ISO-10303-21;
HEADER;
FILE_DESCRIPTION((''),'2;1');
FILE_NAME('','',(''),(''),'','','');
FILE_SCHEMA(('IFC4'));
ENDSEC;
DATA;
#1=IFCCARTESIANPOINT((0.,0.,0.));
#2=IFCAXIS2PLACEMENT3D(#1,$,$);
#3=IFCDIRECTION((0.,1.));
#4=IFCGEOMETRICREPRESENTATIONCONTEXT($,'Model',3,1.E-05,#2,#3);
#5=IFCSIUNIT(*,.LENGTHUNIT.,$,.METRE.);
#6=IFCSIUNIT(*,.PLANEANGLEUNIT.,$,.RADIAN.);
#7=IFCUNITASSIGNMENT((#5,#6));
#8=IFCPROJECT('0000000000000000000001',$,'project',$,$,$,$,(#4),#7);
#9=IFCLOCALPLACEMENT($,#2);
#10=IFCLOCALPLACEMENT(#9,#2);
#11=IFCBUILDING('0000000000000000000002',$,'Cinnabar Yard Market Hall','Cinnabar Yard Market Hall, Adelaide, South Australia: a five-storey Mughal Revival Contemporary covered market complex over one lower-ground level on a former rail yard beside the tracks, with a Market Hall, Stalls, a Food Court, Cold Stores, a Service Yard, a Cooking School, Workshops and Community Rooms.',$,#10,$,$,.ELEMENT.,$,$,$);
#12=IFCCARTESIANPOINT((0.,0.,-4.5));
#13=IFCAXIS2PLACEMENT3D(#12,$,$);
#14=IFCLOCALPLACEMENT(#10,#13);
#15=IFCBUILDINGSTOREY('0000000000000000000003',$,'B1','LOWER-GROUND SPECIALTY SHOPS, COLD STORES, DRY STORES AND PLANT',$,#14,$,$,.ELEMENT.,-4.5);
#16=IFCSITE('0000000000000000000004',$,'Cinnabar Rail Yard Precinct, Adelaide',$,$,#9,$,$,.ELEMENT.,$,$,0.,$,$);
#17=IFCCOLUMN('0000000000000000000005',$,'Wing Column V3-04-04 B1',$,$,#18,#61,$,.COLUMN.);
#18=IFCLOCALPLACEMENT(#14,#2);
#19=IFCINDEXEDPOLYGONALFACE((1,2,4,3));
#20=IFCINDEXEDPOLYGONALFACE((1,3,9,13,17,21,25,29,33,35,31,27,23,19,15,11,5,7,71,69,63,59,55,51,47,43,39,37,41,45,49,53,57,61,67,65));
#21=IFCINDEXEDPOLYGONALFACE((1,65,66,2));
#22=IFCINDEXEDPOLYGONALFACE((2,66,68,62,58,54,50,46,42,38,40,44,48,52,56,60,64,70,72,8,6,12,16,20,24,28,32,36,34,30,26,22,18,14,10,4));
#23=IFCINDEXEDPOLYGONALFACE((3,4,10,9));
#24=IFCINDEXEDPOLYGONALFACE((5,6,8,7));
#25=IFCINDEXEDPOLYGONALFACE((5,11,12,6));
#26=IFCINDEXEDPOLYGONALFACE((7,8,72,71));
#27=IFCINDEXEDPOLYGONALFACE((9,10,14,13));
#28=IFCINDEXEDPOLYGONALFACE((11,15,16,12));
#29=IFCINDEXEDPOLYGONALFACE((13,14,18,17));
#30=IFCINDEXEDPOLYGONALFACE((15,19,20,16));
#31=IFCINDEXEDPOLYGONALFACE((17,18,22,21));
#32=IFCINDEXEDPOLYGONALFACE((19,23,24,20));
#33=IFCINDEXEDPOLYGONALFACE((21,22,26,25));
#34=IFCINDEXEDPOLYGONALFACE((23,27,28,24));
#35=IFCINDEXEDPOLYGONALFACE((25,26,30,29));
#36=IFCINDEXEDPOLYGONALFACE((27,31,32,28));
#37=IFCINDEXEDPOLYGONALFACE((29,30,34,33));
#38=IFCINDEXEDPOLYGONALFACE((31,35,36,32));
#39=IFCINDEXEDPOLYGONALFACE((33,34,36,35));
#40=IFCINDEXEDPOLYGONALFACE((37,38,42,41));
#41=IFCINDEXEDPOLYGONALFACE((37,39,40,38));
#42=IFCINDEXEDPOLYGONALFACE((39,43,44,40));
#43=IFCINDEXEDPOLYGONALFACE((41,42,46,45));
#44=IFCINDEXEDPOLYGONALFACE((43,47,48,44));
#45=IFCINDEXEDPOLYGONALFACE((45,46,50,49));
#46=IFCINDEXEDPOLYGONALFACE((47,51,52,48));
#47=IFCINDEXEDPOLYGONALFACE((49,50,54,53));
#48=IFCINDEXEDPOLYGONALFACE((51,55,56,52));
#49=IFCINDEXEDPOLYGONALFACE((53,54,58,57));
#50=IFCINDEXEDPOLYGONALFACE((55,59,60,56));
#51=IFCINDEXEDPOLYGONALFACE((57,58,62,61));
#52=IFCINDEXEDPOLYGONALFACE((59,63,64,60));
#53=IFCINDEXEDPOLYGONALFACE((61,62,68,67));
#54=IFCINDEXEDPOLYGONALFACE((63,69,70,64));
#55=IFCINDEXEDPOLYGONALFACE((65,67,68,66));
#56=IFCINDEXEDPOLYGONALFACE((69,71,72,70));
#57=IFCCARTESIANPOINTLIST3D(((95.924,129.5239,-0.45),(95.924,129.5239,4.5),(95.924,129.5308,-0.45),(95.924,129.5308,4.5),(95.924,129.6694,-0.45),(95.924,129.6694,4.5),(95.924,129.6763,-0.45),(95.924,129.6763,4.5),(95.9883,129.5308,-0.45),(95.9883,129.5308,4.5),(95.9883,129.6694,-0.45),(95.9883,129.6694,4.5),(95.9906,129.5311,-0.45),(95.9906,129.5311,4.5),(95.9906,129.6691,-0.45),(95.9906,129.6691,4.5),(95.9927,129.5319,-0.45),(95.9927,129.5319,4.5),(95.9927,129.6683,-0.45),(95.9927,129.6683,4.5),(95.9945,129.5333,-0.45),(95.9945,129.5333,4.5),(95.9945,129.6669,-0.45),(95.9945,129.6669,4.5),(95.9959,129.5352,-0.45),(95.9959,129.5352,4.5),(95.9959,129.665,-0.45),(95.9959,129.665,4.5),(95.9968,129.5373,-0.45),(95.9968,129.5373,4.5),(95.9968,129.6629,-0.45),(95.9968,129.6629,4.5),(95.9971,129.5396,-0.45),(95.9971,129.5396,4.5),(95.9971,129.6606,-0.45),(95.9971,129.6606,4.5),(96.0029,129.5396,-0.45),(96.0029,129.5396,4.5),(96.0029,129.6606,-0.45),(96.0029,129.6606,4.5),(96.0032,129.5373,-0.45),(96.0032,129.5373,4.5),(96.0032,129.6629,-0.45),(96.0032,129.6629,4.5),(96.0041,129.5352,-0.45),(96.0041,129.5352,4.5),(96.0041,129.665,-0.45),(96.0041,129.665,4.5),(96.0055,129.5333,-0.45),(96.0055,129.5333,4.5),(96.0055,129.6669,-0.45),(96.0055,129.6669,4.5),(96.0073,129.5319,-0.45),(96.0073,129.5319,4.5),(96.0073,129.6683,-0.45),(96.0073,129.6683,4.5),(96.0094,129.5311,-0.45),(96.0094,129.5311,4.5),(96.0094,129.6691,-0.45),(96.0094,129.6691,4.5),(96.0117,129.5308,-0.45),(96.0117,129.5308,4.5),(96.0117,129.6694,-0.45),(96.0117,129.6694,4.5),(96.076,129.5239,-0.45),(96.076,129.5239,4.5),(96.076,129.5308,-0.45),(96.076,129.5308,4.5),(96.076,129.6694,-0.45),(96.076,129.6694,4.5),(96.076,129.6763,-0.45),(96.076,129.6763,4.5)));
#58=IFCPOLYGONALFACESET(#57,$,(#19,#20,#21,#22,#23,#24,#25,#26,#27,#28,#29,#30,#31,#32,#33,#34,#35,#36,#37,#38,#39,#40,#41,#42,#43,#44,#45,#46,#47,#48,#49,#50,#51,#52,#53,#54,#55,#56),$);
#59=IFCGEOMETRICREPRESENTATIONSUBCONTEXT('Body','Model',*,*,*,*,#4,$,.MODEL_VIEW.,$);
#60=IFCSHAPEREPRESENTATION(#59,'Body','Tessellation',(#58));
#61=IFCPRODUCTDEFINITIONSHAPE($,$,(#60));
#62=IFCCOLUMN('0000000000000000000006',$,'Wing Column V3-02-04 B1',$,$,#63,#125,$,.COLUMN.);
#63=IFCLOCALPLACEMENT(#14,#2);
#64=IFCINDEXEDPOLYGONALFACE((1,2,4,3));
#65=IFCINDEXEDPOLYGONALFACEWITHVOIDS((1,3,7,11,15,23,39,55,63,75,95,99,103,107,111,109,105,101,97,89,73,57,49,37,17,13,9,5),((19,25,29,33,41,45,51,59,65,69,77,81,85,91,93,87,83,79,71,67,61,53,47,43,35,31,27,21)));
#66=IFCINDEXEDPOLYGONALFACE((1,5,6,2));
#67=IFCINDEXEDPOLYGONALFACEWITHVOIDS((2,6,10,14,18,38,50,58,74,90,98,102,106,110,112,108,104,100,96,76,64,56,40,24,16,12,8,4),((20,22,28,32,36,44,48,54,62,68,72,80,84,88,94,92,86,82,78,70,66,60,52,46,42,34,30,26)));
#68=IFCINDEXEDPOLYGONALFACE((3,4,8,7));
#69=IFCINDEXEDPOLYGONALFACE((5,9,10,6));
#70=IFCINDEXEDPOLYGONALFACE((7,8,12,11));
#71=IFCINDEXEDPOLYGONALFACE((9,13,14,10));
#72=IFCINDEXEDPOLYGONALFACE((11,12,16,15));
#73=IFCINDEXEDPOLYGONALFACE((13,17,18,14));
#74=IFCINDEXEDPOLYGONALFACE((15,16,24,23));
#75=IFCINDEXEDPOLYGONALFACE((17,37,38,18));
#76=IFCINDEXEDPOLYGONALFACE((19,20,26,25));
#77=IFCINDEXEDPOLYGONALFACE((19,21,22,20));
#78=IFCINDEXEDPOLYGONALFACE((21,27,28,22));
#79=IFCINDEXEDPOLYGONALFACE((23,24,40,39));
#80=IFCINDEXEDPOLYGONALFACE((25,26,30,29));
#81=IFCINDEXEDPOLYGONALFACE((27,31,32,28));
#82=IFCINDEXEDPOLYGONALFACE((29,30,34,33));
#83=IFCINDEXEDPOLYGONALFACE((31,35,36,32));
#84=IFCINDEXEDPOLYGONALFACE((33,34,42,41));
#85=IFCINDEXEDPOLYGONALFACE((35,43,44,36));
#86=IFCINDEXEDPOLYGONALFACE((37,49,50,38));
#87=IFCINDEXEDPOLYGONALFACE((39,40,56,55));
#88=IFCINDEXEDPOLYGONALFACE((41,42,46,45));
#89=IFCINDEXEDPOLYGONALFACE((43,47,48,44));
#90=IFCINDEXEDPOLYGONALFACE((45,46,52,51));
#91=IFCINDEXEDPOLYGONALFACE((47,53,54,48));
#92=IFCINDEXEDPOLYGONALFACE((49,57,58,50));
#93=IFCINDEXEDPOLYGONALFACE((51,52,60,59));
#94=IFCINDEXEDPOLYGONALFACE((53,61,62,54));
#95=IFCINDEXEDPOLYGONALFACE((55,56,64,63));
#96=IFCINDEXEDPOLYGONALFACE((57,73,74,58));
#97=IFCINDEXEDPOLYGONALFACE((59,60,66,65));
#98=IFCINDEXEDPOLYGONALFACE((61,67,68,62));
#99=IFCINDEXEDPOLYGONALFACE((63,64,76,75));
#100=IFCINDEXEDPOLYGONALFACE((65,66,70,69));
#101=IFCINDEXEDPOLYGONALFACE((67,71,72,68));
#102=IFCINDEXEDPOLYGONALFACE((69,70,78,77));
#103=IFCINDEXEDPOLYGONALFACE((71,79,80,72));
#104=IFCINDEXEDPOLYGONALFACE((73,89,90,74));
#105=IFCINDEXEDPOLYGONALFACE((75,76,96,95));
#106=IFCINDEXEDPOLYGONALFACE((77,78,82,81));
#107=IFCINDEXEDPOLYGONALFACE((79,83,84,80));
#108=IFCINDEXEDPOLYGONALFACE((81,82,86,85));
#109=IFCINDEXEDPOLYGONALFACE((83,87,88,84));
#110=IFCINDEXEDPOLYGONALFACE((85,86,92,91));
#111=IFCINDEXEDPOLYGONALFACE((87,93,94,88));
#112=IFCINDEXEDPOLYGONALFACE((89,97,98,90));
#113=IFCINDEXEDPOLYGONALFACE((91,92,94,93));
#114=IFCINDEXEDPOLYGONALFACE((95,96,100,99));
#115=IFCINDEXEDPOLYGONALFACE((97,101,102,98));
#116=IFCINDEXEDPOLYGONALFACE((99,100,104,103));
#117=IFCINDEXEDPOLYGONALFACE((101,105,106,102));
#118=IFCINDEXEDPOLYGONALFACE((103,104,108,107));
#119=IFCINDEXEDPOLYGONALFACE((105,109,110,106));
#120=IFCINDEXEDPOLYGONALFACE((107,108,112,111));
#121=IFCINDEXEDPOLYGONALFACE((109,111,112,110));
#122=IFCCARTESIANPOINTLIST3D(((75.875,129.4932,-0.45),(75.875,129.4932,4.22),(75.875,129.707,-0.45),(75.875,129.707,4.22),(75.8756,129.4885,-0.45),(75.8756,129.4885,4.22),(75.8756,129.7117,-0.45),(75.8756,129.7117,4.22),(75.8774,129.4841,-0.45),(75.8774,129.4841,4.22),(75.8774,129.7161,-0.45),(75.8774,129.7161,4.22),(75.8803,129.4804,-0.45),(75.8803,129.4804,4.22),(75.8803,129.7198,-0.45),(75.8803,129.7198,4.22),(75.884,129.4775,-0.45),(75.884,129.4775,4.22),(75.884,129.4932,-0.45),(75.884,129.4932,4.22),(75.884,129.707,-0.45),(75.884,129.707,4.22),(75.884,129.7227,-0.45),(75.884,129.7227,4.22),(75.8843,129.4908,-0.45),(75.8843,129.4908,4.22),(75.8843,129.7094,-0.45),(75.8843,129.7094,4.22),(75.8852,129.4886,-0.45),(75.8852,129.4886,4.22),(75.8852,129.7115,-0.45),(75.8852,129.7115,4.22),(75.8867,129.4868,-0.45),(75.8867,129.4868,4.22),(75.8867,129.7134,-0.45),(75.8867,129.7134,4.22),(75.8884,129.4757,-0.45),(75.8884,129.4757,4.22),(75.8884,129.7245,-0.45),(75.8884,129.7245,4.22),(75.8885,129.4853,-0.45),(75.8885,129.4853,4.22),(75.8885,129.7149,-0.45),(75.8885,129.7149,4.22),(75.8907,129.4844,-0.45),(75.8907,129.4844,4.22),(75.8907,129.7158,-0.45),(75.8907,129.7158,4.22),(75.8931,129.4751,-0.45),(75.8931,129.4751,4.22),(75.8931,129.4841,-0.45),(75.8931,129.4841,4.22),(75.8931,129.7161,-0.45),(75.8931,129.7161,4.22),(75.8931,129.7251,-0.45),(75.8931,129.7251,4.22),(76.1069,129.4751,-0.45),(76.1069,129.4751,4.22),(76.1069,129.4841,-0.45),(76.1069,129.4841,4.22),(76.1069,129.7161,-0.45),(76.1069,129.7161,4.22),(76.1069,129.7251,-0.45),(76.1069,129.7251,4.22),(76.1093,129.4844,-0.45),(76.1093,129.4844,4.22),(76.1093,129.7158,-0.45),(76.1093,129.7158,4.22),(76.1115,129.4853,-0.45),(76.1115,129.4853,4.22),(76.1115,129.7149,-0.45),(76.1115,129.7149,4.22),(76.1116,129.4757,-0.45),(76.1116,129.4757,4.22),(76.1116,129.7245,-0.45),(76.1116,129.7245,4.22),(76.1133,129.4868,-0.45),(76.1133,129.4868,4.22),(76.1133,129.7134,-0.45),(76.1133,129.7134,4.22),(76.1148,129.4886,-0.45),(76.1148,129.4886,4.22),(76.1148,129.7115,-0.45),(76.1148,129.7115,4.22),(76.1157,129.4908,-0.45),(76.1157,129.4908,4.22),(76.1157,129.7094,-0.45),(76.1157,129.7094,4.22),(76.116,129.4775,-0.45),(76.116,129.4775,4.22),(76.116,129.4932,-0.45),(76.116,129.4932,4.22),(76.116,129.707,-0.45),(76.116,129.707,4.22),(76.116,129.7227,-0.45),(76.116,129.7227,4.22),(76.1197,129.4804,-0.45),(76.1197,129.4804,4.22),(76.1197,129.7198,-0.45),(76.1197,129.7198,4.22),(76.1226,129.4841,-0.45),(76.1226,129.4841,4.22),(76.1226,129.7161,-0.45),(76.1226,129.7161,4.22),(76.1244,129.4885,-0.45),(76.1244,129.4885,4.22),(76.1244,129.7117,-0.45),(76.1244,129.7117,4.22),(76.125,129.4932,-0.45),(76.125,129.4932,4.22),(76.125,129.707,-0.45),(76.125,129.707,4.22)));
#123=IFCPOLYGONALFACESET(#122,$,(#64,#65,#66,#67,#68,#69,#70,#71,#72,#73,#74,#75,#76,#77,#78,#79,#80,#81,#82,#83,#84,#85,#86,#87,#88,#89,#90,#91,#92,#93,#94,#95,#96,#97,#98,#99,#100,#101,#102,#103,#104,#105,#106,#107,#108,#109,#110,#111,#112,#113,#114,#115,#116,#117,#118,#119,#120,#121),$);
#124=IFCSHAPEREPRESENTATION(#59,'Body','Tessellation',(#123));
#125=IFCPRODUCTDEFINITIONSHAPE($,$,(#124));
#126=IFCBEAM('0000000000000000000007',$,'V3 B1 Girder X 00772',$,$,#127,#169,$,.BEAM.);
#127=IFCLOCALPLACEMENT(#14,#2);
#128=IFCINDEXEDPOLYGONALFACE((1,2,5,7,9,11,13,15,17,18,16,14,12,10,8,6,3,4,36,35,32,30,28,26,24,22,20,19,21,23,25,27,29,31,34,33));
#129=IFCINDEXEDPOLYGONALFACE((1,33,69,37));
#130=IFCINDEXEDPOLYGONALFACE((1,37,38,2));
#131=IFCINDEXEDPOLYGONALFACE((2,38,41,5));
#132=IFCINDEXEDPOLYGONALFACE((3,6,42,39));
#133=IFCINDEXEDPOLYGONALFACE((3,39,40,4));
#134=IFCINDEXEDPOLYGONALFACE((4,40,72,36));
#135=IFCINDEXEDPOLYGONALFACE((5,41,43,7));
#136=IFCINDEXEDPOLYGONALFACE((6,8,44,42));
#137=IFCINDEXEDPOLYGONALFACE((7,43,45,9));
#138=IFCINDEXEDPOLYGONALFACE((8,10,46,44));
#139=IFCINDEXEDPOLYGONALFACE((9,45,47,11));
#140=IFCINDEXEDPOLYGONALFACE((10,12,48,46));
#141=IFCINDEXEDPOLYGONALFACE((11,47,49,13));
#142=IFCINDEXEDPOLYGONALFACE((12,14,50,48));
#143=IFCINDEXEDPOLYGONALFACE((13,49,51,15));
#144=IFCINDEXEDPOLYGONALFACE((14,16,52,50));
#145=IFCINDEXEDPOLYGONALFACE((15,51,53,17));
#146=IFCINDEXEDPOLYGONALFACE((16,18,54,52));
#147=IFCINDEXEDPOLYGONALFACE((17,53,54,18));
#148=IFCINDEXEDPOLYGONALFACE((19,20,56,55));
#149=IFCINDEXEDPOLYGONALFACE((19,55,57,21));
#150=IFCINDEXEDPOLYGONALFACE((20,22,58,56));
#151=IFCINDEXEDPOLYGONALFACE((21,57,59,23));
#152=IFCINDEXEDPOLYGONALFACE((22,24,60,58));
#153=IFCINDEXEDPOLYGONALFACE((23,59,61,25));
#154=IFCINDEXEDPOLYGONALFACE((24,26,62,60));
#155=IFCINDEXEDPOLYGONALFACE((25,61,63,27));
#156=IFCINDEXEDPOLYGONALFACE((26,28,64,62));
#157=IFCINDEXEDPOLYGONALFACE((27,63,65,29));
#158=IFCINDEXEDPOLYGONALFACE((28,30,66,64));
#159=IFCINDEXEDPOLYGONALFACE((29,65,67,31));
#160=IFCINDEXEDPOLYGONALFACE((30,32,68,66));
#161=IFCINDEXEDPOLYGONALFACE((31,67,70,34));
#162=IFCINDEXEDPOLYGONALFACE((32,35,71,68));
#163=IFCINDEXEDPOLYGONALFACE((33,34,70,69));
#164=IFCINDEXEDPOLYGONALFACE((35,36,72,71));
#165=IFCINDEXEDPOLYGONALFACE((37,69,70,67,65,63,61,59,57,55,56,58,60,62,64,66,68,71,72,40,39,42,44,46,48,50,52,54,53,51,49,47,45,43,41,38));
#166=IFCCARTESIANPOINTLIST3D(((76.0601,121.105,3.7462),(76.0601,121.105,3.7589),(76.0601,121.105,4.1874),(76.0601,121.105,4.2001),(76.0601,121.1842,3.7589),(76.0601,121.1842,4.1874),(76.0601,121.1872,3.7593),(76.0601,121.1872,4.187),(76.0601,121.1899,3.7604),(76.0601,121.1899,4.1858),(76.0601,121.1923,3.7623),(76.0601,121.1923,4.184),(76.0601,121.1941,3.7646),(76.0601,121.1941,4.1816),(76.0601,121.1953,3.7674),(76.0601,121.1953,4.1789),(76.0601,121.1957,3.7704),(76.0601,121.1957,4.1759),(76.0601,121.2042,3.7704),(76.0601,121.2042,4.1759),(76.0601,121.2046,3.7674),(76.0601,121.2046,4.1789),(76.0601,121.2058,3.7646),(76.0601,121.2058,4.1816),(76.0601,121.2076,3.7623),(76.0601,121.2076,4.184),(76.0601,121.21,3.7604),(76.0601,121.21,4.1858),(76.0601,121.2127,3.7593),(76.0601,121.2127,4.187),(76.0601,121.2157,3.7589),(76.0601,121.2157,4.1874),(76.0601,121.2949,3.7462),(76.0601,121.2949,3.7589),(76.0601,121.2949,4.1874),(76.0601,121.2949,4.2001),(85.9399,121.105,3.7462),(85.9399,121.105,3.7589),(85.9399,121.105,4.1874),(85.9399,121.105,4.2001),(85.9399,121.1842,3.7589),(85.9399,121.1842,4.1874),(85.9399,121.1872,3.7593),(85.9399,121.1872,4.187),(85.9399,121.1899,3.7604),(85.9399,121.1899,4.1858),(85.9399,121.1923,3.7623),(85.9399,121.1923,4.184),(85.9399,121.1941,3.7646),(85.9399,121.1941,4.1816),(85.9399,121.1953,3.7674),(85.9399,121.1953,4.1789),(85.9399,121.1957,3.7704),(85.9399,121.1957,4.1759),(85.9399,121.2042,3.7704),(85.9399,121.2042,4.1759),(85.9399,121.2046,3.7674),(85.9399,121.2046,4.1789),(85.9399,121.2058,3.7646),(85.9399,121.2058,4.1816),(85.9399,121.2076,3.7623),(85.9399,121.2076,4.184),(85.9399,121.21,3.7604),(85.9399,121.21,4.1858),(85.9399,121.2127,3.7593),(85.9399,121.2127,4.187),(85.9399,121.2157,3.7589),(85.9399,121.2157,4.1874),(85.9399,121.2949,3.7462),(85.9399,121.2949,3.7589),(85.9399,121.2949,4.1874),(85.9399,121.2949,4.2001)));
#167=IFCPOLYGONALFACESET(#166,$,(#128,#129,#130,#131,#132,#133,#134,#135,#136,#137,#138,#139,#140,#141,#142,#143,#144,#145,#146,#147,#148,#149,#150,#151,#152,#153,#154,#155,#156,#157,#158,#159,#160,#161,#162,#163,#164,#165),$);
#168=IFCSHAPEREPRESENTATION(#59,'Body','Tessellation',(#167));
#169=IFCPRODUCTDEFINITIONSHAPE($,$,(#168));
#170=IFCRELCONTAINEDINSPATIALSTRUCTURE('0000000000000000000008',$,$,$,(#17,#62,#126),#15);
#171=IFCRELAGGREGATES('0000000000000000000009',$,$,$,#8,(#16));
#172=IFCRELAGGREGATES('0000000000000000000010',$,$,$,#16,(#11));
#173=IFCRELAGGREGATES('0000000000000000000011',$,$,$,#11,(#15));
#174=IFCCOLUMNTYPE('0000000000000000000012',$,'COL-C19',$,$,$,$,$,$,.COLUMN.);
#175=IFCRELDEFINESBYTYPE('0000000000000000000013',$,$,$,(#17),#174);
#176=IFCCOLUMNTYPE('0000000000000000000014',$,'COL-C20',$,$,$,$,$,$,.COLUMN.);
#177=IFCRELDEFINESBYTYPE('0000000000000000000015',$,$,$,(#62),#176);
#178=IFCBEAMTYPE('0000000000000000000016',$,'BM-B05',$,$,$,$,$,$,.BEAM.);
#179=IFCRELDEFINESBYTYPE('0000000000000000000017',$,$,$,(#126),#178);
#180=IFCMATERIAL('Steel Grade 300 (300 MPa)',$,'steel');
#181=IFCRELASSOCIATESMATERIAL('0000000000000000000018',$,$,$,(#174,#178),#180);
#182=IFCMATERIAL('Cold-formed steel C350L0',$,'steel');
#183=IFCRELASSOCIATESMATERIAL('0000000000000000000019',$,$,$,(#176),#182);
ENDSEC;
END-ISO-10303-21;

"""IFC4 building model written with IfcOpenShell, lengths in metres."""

from ifc_helpers import new_model, si_unit, direction, frame, origin, origin_2d_with_axis, place, context, subcontext, project, spatial, hollow_rectangle, i_section, extrude, material, material_profile, profile_set, type_object, element, save


model = new_model("IFC4")

# Units and contexts
model_context = context("Model", 3, precision=1e-05, world=origin(), true_north=direction((0.0, 1.0)))
body_context = subcontext(model_context, "Body", "Model", "MODEL_VIEW")
ifc_project = project(units=[si_unit("LENGTHUNIT", "METRE"), si_unit("PLANEANGLEUNIT", "RADIAN")], contexts=[model_context])

# Site, building, storey
site_placement = place(None, origin())
site = spatial("IfcSite", under=ifc_project, at=site_placement, Name="Cinnabar Rail Yard Precinct, Adelaide", CompositionType="ELEMENT", RefElevation=0.0)
building_placement = place(site_placement, origin())
building = spatial("IfcBuilding", under=site, at=building_placement, Name="Cinnabar Yard Market Hall", Description="Cinnabar Yard Market Hall, Adelaide, South Australia: a five-storey Mughal Revival Contemporary covered market complex over one lower-ground level on a former rail yard beside the tracks, with a Market Hall, Stalls, a Food Court, Cold Stores, a Service Yard, a Cooking School, Workshops and Community Rooms.", CompositionType="ELEMENT")
storey_placement = place(building_placement, frame((0.0, 0.0, -4.5)))
storey = spatial("IfcBuildingStorey", under=building, at=storey_placement, Name="B1", Description="LOWER-GROUND SPECIALTY SHOPS, COLD STORES, DRY STORES AND PLANT", CompositionType="ELEMENT", Elevation=-4.5)

# Columns
ifc_material_1 = material(Name="Steel Grade 300 (300 MPa)", Category="steel")
ifc_material_profile_1 = material_profile(ifc_material_1, i_section(OverallWidth=0.1521, OverallDepth=0.1523, WebThickness=0.0059, FlangeThickness=0.0068, FilletRadius=0.0088, at=origin_2d_with_axis()), Name="150UC23.4")
ifc_profile_set_1 = profile_set([ifc_material_profile_1], Name="Steel Grade 300 (300 MPa)")
column_type_1 = type_object("IfcColumnType", Name="COL-C19", PredefinedType="COLUMN", material=ifc_profile_set_1)
column_1_placement = place(storey_placement, frame((96.0, 129.6001, -0.45), z_axis=(0.0, 0.0, 1.0), x_axis=(1.0, 0.0, 0.0)))
element("IfcColumn", 1, at=column_1_placement, inside=storey, type_object=column_type_1, Name="Wing Column V3-04-04 B1", PredefinedType="COLUMN", context=body_context, shape_type="SweptSolid", body=[
    extrude(i_section(OverallWidth=0.1521, OverallDepth=0.1523, WebThickness=0.0059, FlangeThickness=0.0068, FilletRadius=0.0088, at=origin_2d_with_axis()), origin(), (0.0, 0.0, 1.0), 4.95),
])
ifc_material_2 = material(Name="Cold-formed steel C350L0", Category="steel")
ifc_material_profile_2 = material_profile(ifc_material_2, hollow_rectangle(XDim=0.25, YDim=0.25, WallThickness=0.009, InnerFilletRadius=0.009, OuterFilletRadius=0.0181, at=origin_2d_with_axis()), Name="250x250x9.0SHS")
ifc_profile_set_2 = profile_set([ifc_material_profile_2], Name="Cold-formed steel C350L0")
column_type_2 = type_object("IfcColumnType", Name="COL-C20", PredefinedType="COLUMN", material=ifc_profile_set_2)
column_2_placement = place(storey_placement, frame((76.0, 129.6001, -0.45), z_axis=(0.0, 0.0, 1.0), x_axis=(1.0, 0.0, 0.0)))
element("IfcColumn", 2, at=column_2_placement, inside=storey, type_object=column_type_2, Name="Wing Column V3-02-04 B1", PredefinedType="COLUMN", context=body_context, shape_type="SweptSolid", body=[
    extrude(hollow_rectangle(XDim=0.25, YDim=0.25, WallThickness=0.009, InnerFilletRadius=0.009, OuterFilletRadius=0.0181, at=origin_2d_with_axis()), origin(), (0.0, 0.0, 1.0), 4.6699),
])

# Beam
ifc_material_profile_3 = material_profile(ifc_material_1, i_section(OverallWidth=0.1899, OverallDepth=0.4539, WebThickness=0.0085, FlangeThickness=0.0127, FilletRadius=0.0115, at=origin_2d_with_axis()), Name="460UB67.1")
ifc_profile_set_3 = profile_set([ifc_material_profile_3], Name="Steel Grade 300 (300 MPa)")
beam_type_1 = type_object("IfcBeamType", Name="BM-B05", PredefinedType="BEAM", material=ifc_profile_set_3)
for number, where, z_axis, x_axis, name in (
    (3, (76.0601, 121.2, 3.9731), (1.0, 0.0, 0.0), (0.0, 1.0, 0.0), "V3 B1 Girder X 00772"),
):
    element("IfcBeam", number, at=place(storey_placement, frame(where, z_axis=z_axis, x_axis=x_axis)), inside=storey, type_object=beam_type_1, Name=name, PredefinedType="BEAM", context=body_context, shape_type="SweptSolid", body=[
        extrude(i_section(OverallWidth=0.1899, OverallDepth=0.4539, WebThickness=0.0085, FlangeThickness=0.0127, FilletRadius=0.0115, at=origin_2d_with_axis()), origin(), (0.0, 0.0, 1.0), 9.8799),
    ])

save(model, "model.ifc")
